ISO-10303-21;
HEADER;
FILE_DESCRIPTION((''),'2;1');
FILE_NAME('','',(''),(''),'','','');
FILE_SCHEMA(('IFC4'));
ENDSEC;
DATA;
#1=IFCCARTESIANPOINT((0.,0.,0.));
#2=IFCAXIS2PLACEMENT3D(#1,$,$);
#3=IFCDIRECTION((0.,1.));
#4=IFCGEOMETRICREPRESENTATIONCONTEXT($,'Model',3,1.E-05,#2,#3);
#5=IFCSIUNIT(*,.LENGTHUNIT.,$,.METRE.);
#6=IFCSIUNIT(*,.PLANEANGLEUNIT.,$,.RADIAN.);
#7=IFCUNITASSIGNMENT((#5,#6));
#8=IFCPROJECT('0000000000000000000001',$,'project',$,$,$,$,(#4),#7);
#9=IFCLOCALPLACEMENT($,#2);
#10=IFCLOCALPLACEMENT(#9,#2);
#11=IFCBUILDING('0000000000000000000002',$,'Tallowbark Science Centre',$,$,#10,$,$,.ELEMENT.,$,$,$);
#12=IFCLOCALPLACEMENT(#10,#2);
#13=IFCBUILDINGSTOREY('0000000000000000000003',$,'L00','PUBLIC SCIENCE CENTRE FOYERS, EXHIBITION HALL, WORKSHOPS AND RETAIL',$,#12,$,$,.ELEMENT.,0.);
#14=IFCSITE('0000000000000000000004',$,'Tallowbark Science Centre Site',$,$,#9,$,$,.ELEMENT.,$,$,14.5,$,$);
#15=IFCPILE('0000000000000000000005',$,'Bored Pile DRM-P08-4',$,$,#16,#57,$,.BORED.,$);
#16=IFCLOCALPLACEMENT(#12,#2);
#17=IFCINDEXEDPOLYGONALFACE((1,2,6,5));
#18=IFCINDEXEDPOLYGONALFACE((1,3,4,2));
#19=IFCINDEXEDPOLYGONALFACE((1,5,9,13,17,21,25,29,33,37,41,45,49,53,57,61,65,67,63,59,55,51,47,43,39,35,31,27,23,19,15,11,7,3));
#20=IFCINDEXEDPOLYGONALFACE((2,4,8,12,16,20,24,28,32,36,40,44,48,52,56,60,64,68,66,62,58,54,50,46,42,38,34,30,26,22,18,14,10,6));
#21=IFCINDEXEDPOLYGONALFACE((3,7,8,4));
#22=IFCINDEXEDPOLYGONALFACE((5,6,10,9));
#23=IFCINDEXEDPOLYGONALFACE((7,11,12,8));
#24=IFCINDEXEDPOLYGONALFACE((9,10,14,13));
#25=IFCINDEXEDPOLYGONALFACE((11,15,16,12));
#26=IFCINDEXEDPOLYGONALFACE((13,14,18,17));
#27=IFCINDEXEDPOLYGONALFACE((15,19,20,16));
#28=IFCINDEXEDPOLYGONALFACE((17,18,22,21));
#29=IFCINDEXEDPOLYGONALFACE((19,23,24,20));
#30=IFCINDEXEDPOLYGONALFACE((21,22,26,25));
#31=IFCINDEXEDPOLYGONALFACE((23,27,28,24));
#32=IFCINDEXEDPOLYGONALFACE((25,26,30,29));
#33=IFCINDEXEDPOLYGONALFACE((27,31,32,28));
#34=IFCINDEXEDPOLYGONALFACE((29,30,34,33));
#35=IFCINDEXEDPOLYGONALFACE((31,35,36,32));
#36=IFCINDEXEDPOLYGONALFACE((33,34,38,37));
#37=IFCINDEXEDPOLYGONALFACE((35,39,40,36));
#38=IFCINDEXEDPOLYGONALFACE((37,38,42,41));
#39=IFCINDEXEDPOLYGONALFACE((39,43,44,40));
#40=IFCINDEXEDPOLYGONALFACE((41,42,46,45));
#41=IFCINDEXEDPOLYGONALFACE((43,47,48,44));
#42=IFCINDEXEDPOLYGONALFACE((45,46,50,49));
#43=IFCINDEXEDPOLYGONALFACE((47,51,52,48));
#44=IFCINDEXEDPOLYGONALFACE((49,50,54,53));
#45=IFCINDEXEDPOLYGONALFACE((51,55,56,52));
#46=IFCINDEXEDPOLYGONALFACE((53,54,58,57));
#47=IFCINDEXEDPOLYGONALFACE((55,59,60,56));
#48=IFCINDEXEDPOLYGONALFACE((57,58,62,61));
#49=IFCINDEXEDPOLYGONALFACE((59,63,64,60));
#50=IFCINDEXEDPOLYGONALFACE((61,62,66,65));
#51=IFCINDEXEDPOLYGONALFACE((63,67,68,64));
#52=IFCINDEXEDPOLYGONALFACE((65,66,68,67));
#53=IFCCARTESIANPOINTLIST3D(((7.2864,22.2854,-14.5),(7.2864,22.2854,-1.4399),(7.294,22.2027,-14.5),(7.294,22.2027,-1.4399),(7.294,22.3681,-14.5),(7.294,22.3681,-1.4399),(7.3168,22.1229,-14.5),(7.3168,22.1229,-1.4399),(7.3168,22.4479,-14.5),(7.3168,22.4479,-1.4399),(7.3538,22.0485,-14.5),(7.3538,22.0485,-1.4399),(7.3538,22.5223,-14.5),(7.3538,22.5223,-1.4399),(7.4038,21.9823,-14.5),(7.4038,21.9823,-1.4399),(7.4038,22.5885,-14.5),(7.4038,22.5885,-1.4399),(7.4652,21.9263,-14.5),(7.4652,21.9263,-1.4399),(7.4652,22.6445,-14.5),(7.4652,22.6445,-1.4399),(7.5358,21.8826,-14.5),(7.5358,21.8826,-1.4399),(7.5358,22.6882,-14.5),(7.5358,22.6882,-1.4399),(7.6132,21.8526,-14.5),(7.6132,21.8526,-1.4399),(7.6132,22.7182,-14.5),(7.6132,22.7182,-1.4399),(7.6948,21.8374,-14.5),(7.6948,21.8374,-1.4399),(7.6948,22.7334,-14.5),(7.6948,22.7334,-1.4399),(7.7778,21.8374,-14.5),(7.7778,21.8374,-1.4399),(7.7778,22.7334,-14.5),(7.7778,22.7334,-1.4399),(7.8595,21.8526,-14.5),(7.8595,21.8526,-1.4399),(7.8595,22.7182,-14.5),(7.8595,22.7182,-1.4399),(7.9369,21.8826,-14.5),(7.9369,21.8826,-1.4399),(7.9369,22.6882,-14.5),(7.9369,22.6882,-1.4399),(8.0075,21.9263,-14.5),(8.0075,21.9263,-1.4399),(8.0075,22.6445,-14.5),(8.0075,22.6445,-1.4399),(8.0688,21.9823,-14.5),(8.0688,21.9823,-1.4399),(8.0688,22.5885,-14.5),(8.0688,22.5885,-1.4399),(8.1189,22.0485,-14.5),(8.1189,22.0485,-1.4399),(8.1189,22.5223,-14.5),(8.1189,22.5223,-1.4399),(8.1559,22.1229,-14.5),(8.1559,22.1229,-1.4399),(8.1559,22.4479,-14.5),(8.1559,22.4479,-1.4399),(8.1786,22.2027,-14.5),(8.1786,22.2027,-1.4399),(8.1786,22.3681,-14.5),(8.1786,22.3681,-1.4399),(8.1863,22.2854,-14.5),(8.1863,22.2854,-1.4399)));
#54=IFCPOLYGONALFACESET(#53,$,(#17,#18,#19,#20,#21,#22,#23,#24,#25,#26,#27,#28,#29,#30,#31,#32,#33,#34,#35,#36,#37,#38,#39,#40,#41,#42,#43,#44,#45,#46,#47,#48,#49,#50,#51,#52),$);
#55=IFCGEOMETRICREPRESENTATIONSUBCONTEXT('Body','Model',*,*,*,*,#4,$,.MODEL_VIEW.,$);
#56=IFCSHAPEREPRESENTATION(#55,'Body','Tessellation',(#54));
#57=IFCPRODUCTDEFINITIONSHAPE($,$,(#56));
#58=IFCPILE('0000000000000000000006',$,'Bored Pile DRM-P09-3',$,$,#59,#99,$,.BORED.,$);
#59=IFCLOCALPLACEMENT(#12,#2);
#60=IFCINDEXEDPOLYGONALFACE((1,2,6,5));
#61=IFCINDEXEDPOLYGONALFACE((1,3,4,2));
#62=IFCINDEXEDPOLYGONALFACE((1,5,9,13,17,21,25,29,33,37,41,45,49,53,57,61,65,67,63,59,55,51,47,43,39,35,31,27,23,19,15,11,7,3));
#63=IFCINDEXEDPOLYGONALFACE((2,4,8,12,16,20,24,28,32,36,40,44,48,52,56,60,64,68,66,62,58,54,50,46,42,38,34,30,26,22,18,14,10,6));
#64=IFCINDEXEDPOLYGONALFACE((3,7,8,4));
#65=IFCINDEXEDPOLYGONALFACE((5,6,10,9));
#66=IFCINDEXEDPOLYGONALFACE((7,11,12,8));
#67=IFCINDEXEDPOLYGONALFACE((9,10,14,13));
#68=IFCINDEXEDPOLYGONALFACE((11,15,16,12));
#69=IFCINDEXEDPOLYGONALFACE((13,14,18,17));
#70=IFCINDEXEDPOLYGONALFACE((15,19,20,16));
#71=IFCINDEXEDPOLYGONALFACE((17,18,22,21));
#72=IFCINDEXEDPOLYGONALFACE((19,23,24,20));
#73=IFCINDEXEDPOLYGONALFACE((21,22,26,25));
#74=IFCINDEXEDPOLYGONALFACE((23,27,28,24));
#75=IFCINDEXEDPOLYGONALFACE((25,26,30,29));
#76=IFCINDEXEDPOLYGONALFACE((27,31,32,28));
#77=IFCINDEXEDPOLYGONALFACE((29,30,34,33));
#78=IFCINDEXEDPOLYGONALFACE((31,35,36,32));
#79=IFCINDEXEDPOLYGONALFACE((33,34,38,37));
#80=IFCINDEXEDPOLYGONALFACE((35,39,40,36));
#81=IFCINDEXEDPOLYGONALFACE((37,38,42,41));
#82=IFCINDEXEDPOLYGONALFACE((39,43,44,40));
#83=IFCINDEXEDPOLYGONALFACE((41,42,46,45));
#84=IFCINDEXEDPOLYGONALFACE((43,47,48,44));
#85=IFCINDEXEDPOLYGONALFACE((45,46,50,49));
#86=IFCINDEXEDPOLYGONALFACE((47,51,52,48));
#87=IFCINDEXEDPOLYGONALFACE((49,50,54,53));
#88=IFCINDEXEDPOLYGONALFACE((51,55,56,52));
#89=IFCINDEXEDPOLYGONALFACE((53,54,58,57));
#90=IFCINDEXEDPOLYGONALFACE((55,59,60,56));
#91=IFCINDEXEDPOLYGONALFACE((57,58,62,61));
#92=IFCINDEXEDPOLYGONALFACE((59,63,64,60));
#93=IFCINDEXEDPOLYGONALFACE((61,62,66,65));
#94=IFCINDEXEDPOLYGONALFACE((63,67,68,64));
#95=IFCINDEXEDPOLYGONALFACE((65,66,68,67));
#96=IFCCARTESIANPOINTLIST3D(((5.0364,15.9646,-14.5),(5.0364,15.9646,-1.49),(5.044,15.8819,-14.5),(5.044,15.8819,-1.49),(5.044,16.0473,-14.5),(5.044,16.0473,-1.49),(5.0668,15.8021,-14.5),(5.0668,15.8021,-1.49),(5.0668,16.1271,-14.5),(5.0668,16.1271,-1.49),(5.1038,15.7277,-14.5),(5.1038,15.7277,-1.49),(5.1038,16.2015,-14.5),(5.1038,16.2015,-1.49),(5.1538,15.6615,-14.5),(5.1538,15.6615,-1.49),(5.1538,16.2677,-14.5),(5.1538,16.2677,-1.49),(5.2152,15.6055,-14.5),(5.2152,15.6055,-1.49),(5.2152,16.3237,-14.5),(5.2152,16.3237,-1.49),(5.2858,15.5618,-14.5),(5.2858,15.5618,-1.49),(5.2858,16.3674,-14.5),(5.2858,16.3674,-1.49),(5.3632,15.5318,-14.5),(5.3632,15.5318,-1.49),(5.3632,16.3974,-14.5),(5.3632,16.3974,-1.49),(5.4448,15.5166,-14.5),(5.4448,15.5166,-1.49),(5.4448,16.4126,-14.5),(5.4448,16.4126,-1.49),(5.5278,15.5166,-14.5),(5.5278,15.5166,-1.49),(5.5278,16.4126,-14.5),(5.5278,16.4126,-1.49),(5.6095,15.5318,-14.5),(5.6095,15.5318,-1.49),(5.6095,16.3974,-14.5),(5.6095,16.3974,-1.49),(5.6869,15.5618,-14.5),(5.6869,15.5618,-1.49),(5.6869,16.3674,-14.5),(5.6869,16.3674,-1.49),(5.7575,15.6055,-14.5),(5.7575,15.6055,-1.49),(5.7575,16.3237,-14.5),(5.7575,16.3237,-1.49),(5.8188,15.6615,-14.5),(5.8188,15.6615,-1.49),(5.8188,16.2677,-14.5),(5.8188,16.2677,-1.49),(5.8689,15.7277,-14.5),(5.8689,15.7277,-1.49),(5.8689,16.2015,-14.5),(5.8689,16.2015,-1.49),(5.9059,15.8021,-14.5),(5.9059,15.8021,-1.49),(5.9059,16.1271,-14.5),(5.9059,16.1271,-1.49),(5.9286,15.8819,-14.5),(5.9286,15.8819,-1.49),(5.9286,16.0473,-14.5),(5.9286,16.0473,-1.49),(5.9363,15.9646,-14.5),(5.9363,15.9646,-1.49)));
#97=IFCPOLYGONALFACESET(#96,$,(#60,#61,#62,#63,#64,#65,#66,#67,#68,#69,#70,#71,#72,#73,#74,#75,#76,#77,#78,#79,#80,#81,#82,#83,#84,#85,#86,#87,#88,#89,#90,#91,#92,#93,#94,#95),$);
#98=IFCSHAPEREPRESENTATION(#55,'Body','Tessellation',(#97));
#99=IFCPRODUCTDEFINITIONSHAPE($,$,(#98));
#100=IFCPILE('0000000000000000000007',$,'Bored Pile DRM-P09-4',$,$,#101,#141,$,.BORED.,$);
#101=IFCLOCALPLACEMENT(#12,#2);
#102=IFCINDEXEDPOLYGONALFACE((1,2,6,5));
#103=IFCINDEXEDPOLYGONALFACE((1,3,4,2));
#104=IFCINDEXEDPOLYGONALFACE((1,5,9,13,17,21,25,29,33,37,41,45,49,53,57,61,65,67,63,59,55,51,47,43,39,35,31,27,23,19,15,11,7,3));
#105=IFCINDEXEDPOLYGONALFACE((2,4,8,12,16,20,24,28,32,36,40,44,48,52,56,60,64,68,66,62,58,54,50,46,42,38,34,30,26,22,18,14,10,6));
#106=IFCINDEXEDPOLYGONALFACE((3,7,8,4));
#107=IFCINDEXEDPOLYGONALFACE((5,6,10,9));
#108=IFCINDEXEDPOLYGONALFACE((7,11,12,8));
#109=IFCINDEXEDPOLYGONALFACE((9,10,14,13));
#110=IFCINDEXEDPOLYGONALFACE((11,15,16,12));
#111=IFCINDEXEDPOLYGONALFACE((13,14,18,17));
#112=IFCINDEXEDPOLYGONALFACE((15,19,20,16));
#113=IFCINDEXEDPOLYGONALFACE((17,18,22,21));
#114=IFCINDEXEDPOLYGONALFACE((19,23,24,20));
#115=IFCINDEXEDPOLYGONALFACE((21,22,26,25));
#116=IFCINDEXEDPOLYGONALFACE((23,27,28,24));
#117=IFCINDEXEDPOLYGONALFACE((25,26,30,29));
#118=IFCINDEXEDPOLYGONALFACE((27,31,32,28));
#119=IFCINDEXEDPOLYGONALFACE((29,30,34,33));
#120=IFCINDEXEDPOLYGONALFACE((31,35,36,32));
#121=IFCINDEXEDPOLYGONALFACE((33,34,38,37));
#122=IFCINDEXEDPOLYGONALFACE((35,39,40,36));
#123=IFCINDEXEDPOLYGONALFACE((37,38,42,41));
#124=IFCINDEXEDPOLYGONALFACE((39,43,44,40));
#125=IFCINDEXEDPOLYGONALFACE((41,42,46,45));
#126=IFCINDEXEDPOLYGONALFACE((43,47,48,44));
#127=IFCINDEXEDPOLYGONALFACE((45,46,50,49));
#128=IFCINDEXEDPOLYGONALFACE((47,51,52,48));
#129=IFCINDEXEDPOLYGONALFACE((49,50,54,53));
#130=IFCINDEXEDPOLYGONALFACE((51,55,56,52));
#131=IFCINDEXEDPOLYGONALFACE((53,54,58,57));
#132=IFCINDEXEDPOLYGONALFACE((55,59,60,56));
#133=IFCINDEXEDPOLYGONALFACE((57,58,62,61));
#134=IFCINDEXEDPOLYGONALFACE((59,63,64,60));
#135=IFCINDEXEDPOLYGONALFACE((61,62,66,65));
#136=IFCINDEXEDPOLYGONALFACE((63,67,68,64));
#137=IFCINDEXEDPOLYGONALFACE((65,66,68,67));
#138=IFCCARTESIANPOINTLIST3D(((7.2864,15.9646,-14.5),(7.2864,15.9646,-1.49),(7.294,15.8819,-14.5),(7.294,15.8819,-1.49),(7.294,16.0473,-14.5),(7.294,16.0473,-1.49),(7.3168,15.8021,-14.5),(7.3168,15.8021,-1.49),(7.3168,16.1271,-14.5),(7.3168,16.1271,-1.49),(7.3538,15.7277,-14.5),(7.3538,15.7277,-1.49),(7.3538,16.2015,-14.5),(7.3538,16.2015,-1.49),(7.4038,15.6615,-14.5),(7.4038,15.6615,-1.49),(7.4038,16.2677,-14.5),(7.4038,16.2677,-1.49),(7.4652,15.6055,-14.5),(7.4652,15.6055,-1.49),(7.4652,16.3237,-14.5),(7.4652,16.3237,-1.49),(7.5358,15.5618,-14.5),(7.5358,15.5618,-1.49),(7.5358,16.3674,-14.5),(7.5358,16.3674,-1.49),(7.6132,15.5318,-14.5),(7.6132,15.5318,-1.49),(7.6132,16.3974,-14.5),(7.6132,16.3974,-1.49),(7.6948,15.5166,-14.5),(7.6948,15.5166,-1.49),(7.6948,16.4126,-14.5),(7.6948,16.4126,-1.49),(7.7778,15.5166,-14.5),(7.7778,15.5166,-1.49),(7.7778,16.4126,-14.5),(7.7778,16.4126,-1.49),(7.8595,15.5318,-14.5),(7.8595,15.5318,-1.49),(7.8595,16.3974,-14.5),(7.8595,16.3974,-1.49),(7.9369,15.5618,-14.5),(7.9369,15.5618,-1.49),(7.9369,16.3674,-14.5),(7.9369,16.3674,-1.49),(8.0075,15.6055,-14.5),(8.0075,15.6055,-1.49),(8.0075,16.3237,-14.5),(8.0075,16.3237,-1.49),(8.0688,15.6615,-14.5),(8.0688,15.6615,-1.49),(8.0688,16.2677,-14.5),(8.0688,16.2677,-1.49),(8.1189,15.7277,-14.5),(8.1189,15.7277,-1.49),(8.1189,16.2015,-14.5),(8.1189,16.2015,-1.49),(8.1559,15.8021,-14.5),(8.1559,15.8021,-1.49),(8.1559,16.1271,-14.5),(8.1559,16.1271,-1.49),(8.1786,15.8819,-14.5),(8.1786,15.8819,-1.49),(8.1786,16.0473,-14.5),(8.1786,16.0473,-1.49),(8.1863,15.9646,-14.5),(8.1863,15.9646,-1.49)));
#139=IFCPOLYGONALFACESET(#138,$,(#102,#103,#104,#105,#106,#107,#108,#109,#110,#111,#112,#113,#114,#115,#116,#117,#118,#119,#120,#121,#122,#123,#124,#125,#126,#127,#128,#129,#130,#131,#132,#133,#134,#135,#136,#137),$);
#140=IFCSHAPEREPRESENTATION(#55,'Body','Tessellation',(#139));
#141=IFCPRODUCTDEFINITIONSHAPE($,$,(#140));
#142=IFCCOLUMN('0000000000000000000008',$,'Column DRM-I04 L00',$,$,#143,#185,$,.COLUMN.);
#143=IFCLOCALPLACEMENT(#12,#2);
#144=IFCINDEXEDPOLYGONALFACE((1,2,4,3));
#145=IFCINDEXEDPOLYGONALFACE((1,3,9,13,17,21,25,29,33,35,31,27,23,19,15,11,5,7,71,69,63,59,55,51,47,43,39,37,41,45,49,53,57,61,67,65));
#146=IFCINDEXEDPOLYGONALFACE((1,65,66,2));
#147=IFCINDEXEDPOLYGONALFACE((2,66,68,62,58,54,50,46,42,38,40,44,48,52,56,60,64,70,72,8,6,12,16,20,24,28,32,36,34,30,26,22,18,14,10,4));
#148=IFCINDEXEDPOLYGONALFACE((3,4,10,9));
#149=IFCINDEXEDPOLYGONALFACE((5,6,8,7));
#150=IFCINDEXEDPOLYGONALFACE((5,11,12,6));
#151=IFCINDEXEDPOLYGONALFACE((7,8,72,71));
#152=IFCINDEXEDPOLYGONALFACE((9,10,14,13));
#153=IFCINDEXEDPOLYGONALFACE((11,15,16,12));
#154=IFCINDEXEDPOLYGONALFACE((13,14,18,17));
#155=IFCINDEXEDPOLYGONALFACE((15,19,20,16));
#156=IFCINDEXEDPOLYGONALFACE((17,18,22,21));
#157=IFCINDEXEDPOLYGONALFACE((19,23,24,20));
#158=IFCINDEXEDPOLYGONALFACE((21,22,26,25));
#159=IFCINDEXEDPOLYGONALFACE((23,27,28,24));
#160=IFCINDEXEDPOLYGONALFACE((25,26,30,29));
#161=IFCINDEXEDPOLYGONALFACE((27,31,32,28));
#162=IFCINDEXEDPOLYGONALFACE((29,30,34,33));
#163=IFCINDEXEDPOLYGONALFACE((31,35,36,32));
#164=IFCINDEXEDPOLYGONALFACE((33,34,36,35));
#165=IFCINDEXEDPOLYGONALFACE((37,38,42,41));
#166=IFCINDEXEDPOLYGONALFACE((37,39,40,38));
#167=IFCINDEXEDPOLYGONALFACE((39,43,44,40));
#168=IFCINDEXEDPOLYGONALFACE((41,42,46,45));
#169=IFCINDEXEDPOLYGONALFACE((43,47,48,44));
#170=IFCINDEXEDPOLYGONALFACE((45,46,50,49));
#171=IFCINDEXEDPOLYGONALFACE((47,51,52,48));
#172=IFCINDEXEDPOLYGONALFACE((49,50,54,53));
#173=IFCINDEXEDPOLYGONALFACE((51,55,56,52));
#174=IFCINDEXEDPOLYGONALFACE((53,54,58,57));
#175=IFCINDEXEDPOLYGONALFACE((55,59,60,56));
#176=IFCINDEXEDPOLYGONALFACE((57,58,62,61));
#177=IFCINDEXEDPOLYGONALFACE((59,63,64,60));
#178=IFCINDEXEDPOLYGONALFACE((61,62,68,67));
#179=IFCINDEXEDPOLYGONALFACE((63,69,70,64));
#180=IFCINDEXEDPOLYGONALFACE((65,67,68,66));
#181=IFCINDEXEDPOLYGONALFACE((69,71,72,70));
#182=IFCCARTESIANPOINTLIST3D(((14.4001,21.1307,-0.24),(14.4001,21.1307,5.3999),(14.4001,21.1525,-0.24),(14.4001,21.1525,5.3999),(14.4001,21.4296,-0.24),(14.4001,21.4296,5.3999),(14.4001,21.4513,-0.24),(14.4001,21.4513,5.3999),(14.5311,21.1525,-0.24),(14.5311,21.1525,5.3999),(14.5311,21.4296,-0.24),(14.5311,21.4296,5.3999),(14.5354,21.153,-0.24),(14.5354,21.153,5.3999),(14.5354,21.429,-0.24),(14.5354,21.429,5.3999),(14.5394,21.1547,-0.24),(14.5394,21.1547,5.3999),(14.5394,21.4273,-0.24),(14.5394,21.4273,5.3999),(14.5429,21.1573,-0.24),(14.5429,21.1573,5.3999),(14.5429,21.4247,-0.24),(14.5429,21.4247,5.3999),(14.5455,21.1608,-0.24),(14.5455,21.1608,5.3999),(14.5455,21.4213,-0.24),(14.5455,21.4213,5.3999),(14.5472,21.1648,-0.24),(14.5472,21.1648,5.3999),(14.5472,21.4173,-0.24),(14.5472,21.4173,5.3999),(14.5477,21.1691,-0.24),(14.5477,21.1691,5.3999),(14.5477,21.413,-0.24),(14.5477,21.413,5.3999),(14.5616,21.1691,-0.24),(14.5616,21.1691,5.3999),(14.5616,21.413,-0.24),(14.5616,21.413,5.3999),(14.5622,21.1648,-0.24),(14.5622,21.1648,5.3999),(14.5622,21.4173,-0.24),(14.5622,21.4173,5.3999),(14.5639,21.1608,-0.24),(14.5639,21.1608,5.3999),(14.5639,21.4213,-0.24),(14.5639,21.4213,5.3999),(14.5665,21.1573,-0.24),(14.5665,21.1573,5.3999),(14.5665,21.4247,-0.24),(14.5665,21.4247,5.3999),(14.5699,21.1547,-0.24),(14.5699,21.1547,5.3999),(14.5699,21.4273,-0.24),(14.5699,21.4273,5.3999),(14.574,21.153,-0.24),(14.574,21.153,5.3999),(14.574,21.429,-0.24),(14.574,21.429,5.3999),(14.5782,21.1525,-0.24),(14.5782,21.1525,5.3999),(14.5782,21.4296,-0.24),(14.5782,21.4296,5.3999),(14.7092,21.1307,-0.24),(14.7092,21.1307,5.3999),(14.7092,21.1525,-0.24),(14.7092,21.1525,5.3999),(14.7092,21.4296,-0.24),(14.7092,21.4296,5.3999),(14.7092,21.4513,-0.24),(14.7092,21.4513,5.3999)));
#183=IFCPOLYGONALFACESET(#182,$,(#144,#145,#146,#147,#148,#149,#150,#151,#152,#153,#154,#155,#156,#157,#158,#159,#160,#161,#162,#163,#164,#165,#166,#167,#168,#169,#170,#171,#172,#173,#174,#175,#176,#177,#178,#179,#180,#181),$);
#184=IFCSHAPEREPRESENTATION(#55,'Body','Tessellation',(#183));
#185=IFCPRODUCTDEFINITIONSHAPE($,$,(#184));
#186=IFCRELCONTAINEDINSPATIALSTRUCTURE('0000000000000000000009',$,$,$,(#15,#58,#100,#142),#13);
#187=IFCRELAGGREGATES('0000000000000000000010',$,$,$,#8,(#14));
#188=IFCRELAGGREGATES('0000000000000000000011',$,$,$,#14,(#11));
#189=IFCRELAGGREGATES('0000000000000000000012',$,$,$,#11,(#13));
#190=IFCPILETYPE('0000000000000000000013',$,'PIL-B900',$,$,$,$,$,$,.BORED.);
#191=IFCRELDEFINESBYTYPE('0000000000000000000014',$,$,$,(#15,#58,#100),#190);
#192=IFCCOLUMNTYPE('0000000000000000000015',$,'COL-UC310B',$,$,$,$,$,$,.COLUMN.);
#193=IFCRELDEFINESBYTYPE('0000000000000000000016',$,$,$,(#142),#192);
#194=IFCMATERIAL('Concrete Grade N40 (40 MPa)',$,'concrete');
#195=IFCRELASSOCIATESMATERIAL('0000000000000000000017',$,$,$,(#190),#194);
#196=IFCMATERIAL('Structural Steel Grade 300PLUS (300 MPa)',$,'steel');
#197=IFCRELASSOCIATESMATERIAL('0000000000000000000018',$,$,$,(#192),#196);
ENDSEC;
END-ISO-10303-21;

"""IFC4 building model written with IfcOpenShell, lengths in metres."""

from ifc_helpers import new_model, si_unit, direction, frame, origin, origin_2d, place, context, subcontext, project, spatial, circle, i_section, extrude, material, material_profile, profile_set, type_object, element, save


model = new_model("IFC4")

# Units and contexts
model_context = context("Model", 3, precision=1e-05, world=origin(), true_north=direction((0.0, 1.0)))
body_context = subcontext(model_context, "Body", "Model", "MODEL_VIEW")
ifc_project = project(units=[si_unit("LENGTHUNIT", "METRE"), si_unit("PLANEANGLEUNIT", "RADIAN")], contexts=[model_context])

# Site, building, storey
site_placement = place(None, origin())
site = spatial("IfcSite", under=ifc_project, at=site_placement, Name="Tallowbark Science Centre Site", CompositionType="ELEMENT", RefElevation=14.5)
building_placement = place(site_placement, origin())
building = spatial("IfcBuilding", under=site, at=building_placement, Name="Tallowbark Science Centre", CompositionType="ELEMENT")
storey_placement = place(building_placement, origin())
storey = spatial("IfcBuildingStorey", under=building, at=storey_placement, Name="L00", Description="PUBLIC SCIENCE CENTRE FOYERS, EXHIBITION HALL, WORKSHOPS AND RETAIL", CompositionType="ELEMENT", Elevation=0.0)

# Shared definitions
ifc_material_1 = material(Name="Concrete Grade N40 (40 MPa)", Category="concrete")

# Piles
ifc_material_profile_1 = material_profile(ifc_material_1, circle(Radius=0.45, at=origin_2d()), Name="PILE900")
ifc_profile_set_1 = profile_set([ifc_material_profile_1], Name="Concrete Grade N40 (40 MPa)")
pile_type_1 = type_object("IfcPileType", Name="PIL-B900", PredefinedType="BORED", material=ifc_profile_set_1)
for number, where, z_axis, x_axis, name in (
    (1, (7.7363, 22.2854, -1.4399), (0.0, 0.0, -1.0), (1.0, 0.0, 0.0), "Bored Pile DRM-P08-4"),
):
    element("IfcPile", number, at=place(storey_placement, frame(where, z_axis=z_axis, x_axis=x_axis)), inside=storey, type_object=pile_type_1, Name=name, PredefinedType="BORED", context=body_context, shape_type="SweptSolid", body=[
        extrude(circle(Radius=0.45, at=origin_2d()), origin(), (0.0, 0.0, 1.0), 13.0601),
    ])
for number, where, z_axis, x_axis, name in (
    (2, (5.4863, 15.9646, -1.49), (0.0, 0.0, -1.0), (1.0, 0.0, 0.0), "Bored Pile DRM-P09-3"),
    (3, (7.7363, 15.9646, -1.49), (0.0, 0.0, -1.0), (1.0, 0.0, 0.0), "Bored Pile DRM-P09-4"),
):
    element("IfcPile", number, at=place(storey_placement, frame(where, z_axis=z_axis, x_axis=x_axis)), inside=storey, type_object=pile_type_1, Name=name, PredefinedType="BORED", context=body_context, shape_type="SweptSolid", body=[
        extrude(circle(Radius=0.45, at=origin_2d()), origin(), (0.0, 0.0, 1.0), 13.01),
    ])

# Column
ifc_material_2 = material(Name="Structural Steel Grade 300PLUS (300 MPa)", Category="steel")
ifc_material_profile_2 = material_profile(ifc_material_2, i_section(OverallWidth=0.3091, OverallDepth=0.3206, WebThickness=0.0139, FlangeThickness=0.0217, FilletRadius=0.0166, at=origin_2d()), Name="310UC137")
ifc_profile_set_2 = profile_set([ifc_material_profile_2], Name="Structural Steel Grade 300PLUS (300 MPa)")
column_type_1 = type_object("IfcColumnType", Name="COL-UC310B", PredefinedType="COLUMN", material=ifc_profile_set_2)
column_placement = place(storey_placement, frame((14.5547, 21.291, -0.24), z_axis=(0.0, 0.0, 1.0), x_axis=(1.0, 0.0, 0.0)))
element("IfcColumn", 4, at=column_placement, inside=storey, type_object=column_type_1, Name="Column DRM-I04 L00", PredefinedType="COLUMN", context=body_context, shape_type="SweptSolid", body=[
    extrude(i_section(OverallWidth=0.3091, OverallDepth=0.3206, WebThickness=0.0139, FlangeThickness=0.0217, FilletRadius=0.0166, at=origin_2d()), origin(), (0.0, 0.0, 1.0), 5.6399),
])

save(model, "model.ifc")
